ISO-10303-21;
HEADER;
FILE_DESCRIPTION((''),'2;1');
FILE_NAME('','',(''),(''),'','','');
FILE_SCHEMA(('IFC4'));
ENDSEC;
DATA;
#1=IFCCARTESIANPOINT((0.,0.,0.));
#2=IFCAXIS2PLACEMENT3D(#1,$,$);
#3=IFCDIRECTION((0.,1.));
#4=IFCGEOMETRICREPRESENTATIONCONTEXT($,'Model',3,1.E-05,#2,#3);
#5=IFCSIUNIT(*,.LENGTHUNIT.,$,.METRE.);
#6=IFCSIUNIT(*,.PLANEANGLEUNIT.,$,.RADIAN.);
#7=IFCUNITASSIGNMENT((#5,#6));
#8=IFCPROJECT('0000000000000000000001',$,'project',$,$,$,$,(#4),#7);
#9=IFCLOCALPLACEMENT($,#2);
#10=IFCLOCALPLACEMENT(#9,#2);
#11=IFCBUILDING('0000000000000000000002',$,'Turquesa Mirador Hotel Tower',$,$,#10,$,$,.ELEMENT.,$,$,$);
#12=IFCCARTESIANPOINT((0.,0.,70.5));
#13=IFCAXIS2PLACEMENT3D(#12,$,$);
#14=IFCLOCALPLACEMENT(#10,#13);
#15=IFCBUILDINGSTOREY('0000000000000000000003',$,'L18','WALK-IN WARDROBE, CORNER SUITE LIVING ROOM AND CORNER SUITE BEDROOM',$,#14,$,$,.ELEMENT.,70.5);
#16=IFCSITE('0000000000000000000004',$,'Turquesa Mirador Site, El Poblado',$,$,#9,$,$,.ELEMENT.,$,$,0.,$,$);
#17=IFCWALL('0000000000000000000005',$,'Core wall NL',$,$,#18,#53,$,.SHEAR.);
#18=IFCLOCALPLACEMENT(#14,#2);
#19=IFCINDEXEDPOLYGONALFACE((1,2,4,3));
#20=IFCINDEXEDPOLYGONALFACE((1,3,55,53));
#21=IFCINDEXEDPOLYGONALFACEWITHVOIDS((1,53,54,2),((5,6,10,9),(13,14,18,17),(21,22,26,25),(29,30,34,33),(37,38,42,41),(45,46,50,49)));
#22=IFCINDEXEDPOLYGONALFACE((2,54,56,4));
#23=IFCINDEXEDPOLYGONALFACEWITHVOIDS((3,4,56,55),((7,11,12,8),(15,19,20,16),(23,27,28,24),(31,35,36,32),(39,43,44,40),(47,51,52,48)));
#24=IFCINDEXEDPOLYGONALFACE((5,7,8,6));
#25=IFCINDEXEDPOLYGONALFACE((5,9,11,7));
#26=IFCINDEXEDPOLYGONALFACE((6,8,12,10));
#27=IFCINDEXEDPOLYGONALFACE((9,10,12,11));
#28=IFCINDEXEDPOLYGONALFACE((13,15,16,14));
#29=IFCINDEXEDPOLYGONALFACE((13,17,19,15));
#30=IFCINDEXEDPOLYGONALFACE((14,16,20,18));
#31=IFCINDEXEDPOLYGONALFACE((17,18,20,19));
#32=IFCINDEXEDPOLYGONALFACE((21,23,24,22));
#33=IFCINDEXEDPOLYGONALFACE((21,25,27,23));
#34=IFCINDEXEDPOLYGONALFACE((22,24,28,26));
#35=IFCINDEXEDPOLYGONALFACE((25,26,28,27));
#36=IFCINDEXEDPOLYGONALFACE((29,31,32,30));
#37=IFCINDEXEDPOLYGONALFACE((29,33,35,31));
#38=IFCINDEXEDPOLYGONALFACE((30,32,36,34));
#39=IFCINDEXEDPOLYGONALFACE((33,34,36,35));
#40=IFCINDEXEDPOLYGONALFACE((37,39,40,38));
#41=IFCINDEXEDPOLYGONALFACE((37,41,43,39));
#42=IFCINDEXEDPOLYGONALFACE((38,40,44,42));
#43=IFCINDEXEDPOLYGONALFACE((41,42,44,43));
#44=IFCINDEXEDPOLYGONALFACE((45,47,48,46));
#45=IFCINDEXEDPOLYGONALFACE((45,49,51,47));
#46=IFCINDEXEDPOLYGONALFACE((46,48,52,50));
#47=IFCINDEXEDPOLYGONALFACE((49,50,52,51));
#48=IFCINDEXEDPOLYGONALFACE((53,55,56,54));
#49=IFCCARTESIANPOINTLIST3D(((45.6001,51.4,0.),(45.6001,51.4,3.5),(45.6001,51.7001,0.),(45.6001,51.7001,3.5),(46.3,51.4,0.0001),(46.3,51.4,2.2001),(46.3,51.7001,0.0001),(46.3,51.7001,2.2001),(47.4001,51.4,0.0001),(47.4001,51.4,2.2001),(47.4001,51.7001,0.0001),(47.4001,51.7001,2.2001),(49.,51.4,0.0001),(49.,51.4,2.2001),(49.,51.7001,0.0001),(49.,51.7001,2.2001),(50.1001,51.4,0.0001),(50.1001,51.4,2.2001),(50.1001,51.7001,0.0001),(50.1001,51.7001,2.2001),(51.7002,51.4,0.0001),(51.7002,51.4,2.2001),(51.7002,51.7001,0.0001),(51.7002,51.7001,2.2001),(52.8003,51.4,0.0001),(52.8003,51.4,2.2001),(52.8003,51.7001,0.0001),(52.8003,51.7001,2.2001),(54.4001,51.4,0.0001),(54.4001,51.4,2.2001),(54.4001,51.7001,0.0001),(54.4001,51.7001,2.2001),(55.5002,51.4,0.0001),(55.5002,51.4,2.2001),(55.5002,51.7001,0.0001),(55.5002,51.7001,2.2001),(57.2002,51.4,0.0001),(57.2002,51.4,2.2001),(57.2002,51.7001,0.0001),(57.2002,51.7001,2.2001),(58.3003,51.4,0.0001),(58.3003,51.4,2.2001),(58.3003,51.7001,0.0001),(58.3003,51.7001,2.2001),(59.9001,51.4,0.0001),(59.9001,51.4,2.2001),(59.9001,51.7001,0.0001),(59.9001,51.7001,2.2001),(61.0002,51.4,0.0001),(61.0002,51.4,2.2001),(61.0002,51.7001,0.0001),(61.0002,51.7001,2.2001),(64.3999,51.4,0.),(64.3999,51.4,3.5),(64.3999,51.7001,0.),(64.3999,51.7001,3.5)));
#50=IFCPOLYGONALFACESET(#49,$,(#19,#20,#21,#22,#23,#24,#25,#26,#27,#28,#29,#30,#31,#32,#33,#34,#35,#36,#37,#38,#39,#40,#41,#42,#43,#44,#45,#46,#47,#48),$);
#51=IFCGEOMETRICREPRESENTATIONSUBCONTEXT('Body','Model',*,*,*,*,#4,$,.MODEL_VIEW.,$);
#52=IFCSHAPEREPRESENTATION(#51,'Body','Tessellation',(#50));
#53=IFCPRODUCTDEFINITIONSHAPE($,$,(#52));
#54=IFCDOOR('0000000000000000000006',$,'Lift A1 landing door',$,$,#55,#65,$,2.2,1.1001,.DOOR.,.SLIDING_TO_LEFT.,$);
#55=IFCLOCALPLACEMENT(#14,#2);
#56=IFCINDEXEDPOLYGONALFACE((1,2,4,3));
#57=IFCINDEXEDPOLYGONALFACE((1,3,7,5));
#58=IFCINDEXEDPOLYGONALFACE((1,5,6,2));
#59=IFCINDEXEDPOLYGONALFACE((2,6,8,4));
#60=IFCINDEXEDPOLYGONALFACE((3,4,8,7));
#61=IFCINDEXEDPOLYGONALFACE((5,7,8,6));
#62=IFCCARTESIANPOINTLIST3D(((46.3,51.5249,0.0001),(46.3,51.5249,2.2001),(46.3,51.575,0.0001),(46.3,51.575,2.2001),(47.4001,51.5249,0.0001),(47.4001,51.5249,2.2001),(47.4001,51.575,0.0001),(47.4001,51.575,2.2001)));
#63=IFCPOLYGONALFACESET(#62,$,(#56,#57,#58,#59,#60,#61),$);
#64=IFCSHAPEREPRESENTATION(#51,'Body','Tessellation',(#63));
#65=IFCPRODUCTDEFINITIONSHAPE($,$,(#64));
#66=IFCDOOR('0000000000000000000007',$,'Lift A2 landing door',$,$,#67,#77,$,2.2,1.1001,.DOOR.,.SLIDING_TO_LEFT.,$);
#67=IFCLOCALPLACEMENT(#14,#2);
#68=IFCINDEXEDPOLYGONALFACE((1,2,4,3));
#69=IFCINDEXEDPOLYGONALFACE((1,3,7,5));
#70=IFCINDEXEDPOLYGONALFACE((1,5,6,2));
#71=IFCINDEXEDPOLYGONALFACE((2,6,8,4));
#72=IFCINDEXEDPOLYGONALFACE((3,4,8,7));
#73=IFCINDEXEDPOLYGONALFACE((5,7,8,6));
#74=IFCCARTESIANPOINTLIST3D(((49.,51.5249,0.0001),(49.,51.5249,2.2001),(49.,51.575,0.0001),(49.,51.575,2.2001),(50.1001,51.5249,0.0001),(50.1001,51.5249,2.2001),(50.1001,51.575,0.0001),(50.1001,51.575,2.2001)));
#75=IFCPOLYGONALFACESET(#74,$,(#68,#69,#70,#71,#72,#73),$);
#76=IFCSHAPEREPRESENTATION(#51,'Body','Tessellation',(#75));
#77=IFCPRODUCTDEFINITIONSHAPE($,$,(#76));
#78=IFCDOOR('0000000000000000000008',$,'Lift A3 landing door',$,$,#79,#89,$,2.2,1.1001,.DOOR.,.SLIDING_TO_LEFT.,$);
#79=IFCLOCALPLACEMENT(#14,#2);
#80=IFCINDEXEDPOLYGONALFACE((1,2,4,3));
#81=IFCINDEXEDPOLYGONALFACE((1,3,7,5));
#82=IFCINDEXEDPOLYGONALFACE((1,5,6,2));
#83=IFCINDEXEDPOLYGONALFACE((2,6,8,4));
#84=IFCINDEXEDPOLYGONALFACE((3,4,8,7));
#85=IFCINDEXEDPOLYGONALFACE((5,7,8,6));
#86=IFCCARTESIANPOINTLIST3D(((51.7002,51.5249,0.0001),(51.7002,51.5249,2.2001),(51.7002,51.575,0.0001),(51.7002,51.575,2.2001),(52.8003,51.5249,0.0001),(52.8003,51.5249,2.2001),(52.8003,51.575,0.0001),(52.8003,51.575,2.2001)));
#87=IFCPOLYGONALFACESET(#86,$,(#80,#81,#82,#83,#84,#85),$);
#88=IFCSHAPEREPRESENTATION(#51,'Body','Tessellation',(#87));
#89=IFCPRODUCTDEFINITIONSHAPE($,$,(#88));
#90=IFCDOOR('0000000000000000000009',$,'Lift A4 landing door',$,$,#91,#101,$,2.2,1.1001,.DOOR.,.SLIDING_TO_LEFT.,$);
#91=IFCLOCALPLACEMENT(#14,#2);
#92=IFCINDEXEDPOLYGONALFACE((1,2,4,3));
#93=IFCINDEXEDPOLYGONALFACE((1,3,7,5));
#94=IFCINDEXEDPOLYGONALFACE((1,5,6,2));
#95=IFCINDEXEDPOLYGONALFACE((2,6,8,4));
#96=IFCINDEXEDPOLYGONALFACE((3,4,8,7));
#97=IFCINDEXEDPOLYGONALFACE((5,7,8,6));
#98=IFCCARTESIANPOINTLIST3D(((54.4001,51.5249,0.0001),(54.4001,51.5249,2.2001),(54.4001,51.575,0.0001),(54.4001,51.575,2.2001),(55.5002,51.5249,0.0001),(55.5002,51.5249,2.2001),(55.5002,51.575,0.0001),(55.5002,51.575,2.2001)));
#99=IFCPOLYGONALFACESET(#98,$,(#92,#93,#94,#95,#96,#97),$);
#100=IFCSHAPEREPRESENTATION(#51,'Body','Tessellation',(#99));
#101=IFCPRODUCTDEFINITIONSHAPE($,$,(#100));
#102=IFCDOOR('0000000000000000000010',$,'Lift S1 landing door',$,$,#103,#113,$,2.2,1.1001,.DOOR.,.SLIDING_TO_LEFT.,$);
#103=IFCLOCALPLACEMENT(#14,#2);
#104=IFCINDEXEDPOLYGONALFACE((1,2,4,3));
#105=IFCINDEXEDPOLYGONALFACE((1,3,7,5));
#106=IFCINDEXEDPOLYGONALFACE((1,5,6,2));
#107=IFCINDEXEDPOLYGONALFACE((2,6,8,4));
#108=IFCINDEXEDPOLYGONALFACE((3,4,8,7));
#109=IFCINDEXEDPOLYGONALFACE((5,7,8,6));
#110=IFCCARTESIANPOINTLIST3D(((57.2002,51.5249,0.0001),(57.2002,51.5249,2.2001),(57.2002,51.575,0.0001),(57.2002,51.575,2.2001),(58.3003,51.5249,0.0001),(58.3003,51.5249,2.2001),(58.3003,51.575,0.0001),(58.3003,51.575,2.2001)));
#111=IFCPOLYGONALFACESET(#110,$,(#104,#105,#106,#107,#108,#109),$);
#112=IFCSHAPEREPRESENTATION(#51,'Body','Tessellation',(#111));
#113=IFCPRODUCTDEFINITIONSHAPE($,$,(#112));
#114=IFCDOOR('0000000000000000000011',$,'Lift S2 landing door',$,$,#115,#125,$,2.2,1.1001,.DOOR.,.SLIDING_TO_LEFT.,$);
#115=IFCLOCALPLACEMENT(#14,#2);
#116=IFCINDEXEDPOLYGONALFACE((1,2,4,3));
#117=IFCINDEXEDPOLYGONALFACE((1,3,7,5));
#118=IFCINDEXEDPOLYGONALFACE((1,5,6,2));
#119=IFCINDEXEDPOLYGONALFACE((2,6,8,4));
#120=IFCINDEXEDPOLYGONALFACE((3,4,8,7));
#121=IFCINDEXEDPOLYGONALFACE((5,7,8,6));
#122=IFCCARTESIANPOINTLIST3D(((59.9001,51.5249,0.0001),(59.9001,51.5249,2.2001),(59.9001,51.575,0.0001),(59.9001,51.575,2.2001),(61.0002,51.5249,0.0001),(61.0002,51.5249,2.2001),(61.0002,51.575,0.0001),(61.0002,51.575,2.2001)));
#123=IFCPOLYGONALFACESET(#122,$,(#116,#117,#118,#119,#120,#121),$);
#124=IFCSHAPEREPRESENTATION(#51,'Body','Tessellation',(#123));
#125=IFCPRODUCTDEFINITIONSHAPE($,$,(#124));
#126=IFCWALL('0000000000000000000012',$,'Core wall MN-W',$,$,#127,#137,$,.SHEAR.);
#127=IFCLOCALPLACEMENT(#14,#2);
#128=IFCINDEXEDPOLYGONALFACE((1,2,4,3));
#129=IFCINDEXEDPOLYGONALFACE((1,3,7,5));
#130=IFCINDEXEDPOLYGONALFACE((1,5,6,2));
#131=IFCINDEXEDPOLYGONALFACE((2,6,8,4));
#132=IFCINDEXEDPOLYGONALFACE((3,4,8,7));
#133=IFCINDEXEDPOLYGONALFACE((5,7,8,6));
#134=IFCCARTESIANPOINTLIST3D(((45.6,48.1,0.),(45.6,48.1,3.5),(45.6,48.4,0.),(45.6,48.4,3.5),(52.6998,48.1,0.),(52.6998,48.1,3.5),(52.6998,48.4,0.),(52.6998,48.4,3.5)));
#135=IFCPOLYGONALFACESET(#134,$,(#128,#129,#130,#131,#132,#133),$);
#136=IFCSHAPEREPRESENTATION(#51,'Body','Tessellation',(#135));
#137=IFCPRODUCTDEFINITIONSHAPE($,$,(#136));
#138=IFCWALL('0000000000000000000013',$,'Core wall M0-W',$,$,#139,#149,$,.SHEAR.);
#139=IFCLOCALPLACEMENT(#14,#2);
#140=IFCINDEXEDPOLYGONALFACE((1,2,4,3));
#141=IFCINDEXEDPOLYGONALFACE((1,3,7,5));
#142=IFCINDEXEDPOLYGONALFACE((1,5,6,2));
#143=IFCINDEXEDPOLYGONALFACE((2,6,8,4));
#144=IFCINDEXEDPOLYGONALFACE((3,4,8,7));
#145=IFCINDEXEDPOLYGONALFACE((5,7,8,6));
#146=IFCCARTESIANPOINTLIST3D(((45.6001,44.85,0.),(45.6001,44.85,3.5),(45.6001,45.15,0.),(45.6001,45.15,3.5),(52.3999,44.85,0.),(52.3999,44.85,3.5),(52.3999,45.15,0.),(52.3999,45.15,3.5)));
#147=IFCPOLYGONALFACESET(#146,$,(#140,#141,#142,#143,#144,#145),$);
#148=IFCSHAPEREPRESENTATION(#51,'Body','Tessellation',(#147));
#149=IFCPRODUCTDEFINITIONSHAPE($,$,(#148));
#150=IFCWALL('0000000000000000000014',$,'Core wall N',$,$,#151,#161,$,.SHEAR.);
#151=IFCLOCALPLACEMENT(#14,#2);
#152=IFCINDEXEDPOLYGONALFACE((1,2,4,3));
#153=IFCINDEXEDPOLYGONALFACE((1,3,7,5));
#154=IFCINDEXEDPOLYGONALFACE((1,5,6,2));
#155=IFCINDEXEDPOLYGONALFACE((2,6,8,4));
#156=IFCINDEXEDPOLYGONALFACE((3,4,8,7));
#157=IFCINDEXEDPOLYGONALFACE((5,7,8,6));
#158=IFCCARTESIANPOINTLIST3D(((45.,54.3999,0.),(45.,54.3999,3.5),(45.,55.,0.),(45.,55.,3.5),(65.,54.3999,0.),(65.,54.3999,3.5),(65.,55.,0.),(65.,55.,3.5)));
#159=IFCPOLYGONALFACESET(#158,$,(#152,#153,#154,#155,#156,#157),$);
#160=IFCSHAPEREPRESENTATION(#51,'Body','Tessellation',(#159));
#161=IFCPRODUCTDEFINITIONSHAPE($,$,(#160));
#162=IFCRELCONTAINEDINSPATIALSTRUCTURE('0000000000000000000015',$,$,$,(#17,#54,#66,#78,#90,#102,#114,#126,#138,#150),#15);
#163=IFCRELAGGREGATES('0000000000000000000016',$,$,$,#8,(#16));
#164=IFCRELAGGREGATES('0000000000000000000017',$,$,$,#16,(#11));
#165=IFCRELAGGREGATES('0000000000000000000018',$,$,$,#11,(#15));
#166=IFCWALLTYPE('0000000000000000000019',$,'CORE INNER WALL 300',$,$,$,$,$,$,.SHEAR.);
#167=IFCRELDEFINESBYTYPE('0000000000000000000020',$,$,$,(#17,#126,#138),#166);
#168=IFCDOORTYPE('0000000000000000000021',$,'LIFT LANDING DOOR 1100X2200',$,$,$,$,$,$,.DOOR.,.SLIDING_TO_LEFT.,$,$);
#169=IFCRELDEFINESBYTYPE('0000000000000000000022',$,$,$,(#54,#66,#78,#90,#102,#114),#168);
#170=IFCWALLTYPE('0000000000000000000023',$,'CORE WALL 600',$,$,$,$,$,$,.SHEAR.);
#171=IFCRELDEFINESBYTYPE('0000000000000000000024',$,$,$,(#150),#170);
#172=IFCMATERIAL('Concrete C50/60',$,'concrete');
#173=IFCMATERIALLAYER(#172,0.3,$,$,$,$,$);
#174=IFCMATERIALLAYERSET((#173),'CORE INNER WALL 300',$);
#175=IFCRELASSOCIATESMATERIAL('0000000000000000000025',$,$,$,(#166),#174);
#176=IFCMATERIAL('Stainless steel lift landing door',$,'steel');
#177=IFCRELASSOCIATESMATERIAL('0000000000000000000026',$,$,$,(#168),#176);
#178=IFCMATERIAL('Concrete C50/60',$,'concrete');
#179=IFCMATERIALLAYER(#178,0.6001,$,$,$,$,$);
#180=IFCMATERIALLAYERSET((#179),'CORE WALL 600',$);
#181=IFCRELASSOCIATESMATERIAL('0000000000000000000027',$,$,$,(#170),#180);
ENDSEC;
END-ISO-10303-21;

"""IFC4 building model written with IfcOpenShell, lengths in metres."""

from ifc_helpers import new_model, si_unit, direction, frame, frame_2d, origin, place, context, subcontext, project, spatial, rectangle, extrude, material, layer, layer_set, type_object, element, fill, save


model = new_model("IFC4")

# Units and contexts
model_context = context("Model", 3, precision=1e-05, world=origin(), true_north=direction((0.0, 1.0)))
body_context = subcontext(model_context, "Body", "Model", "MODEL_VIEW")
ifc_project = project(units=[si_unit("LENGTHUNIT", "METRE"), si_unit("PLANEANGLEUNIT", "RADIAN")], contexts=[model_context])

# Site, building, storey
site_placement = place(None, origin())
site = spatial("IfcSite", under=ifc_project, at=site_placement, Name="Turquesa Mirador Site, El Poblado", CompositionType="ELEMENT", RefElevation=0.0)
building_placement = place(site_placement, origin())
building = spatial("IfcBuilding", under=site, at=building_placement, Name="Turquesa Mirador Hotel Tower", CompositionType="ELEMENT")
storey_placement = place(building_placement, frame((0.0, 0.0, 70.5)))
storey = spatial("IfcBuildingStorey", under=building, at=storey_placement, Name="L18", Description="WALK-IN WARDROBE, CORNER SUITE LIVING ROOM AND CORNER SUITE BEDROOM", CompositionType="ELEMENT", Elevation=70.5)

# Wall, openings, doors
ifc_material_1 = material(Name="Concrete C50/60", Category="concrete")
ifc_layer_1 = layer(ifc_material_1, 0.3)
ifc_layer_set_1 = layer_set([ifc_layer_1], Name="CORE INNER WALL 300")
wall_type_1 = type_object("IfcWallType", Name="CORE INNER WALL 300", PredefinedType="SHEAR", material=ifc_layer_set_1)
wall_1_placement = place(storey_placement, frame((45.6001, 51.55, 0.0), z_axis=(0.0, 0.0, 1.0), x_axis=(1.0, 0.0, 0.0)))
wall_1 = element("IfcWall", 1, at=wall_1_placement, inside=storey, type_object=wall_type_1, Name="Core wall NL", PredefinedType="SHEAR", context=body_context, shape_type="SweptSolid", body=[
    extrude(rectangle(XDim=18.7998, YDim=0.3, at=frame_2d((9.3999, 0.0))), origin(), (0.0, 0.0, 1.0), 3.5),
])
opening_1_placement = place(wall_1_placement, frame((0.7, 0.0, 0.0)))
opening_1 = element("IfcOpeningElement", 2, at=opening_1_placement, cuts=wall_1, PredefinedType="OPENING", context=body_context, shape_type="SweptSolid", body=[
    extrude(rectangle(XDim=1.1001, YDim=2.2, at=frame_2d((0.55, 1.1001))), frame((0.0, 0.1599, 0.0), z_axis=(0.0, -1.0, 0.0), x_axis=(1.0, 0.0, 0.0)), (0.0, 0.0, 1.0), 0.3201),
])
opening_2_placement = place(wall_1_placement, frame((3.3999, 0.0, 0.0)))
opening_2 = element("IfcOpeningElement", 3, at=opening_2_placement, cuts=wall_1, PredefinedType="OPENING", context=body_context, shape_type="SweptSolid", body=[
    extrude(rectangle(XDim=1.1001, YDim=2.2, at=frame_2d((0.55, 1.1001))), frame((0.0, 0.1599, 0.0), z_axis=(0.0, -1.0, 0.0), x_axis=(1.0, 0.0, 0.0)), (0.0, 0.0, 1.0), 0.3201),
])
opening_3_placement = place(wall_1_placement, frame((6.1001, 0.0, 0.0)))
opening_3 = element("IfcOpeningElement", 4, at=opening_3_placement, cuts=wall_1, PredefinedType="OPENING", context=body_context, shape_type="SweptSolid", body=[
    extrude(rectangle(XDim=1.1001, YDim=2.2, at=frame_2d((0.55, 1.1001))), frame((0.0, 0.1599, 0.0), z_axis=(0.0, -1.0, 0.0), x_axis=(1.0, 0.0, 0.0)), (0.0, 0.0, 1.0), 0.3201),
])
opening_4_placement = place(wall_1_placement, frame((8.8, 0.0, 0.0)))
opening_4 = element("IfcOpeningElement", 5, at=opening_4_placement, cuts=wall_1, PredefinedType="OPENING", context=body_context, shape_type="SweptSolid", body=[
    extrude(rectangle(XDim=1.1001, YDim=2.2, at=frame_2d((0.55, 1.1001))), frame((0.0, 0.1599, 0.0), z_axis=(0.0, -1.0, 0.0), x_axis=(1.0, 0.0, 0.0)), (0.0, 0.0, 1.0), 0.3201),
])
opening_5_placement = place(wall_1_placement, frame((11.6001, 0.0, 0.0)))
opening_5 = element("IfcOpeningElement", 6, at=opening_5_placement, cuts=wall_1, PredefinedType="OPENING", context=body_context, shape_type="SweptSolid", body=[
    extrude(rectangle(XDim=1.1001, YDim=2.2, at=frame_2d((0.55, 1.1001))), frame((0.0, 0.1599, 0.0), z_axis=(0.0, -1.0, 0.0), x_axis=(1.0, 0.0, 0.0)), (0.0, 0.0, 1.0), 0.3201),
])
opening_6_placement = place(wall_1_placement, frame((14.3, 0.0, 0.0)))
opening_6 = element("IfcOpeningElement", 7, at=opening_6_placement, cuts=wall_1, PredefinedType="OPENING", context=body_context, shape_type="SweptSolid", body=[
    extrude(rectangle(XDim=1.1001, YDim=2.2, at=frame_2d((0.55, 1.1001))), frame((0.0, 0.1599, 0.0), z_axis=(0.0, -1.0, 0.0), x_axis=(1.0, 0.0, 0.0)), (0.0, 0.0, 1.0), 0.3201),
])
ifc_material_2 = material(Name="Stainless steel lift landing door", Category="steel")
door_type_1 = type_object("IfcDoorType", Name="LIFT LANDING DOOR 1100X2200", OperationType="SLIDING_TO_LEFT", PredefinedType="DOOR", material=ifc_material_2)
door_1_placement = place(opening_1_placement, origin())
door_1 = element("IfcDoor", 8, at=door_1_placement, inside=storey, type_object=door_type_1, Name="Lift A1 landing door", OperationType="SLIDING_TO_LEFT", OverallHeight=2.2, OverallWidth=1.1001, PredefinedType="DOOR", context=body_context, shape_type="SweptSolid", body=[
    extrude(rectangle(XDim=1.1001, YDim=2.2, at=frame_2d((0.55, 1.1001))), frame((0.0, 0.0249, 0.0), z_axis=(0.0, -1.0, 0.0), x_axis=(1.0, 0.0, 0.0)), (0.0, 0.0, 1.0), 0.05),
])
fill(opening_1, door_1)
door_2_placement = place(opening_2_placement, origin())
door_2 = element("IfcDoor", 9, at=door_2_placement, inside=storey, type_object=door_type_1, Name="Lift A2 landing door", OperationType="SLIDING_TO_LEFT", OverallHeight=2.2, OverallWidth=1.1001, PredefinedType="DOOR", context=body_context, shape_type="SweptSolid", body=[
    extrude(rectangle(XDim=1.1001, YDim=2.2, at=frame_2d((0.55, 1.1001))), frame((0.0, 0.0249, 0.0), z_axis=(0.0, -1.0, 0.0), x_axis=(1.0, 0.0, 0.0)), (0.0, 0.0, 1.0), 0.05),
])
fill(opening_2, door_2)
door_3_placement = place(opening_3_placement, origin())
door_3 = element("IfcDoor", 10, at=door_3_placement, inside=storey, type_object=door_type_1, Name="Lift A3 landing door", OperationType="SLIDING_TO_LEFT", OverallHeight=2.2, OverallWidth=1.1001, PredefinedType="DOOR", context=body_context, shape_type="SweptSolid", body=[
    extrude(rectangle(XDim=1.1001, YDim=2.2, at=frame_2d((0.55, 1.1001))), frame((0.0, 0.0249, 0.0), z_axis=(0.0, -1.0, 0.0), x_axis=(1.0, 0.0, 0.0)), (0.0, 0.0, 1.0), 0.05),
])
fill(opening_3, door_3)
door_4_placement = place(opening_4_placement, origin())
door_4 = element("IfcDoor", 11, at=door_4_placement, inside=storey, type_object=door_type_1, Name="Lift A4 landing door", OperationType="SLIDING_TO_LEFT", OverallHeight=2.2, OverallWidth=1.1001, PredefinedType="DOOR", context=body_context, shape_type="SweptSolid", body=[
    extrude(rectangle(XDim=1.1001, YDim=2.2, at=frame_2d((0.55, 1.1001))), frame((0.0, 0.0249, 0.0), z_axis=(0.0, -1.0, 0.0), x_axis=(1.0, 0.0, 0.0)), (0.0, 0.0, 1.0), 0.05),
])
fill(opening_4, door_4)
door_5_placement = place(opening_5_placement, origin())
door_5 = element("IfcDoor", 12, at=door_5_placement, inside=storey, type_object=door_type_1, Name="Lift S1 landing door", OperationType="SLIDING_TO_LEFT", OverallHeight=2.2, OverallWidth=1.1001, PredefinedType="DOOR", context=body_context, shape_type="SweptSolid", body=[
    extrude(rectangle(XDim=1.1001, YDim=2.2, at=frame_2d((0.55, 1.1001))), frame((0.0, 0.0249, 0.0), z_axis=(0.0, -1.0, 0.0), x_axis=(1.0, 0.0, 0.0)), (0.0, 0.0, 1.0), 0.05),
])
fill(opening_5, door_5)
door_6_placement = place(opening_6_placement, origin())
door_6 = element("IfcDoor", 13, at=door_6_placement, inside=storey, type_object=door_type_1, Name="Lift S2 landing door", OperationType="SLIDING_TO_LEFT", OverallHeight=2.2, OverallWidth=1.1001, PredefinedType="DOOR", context=body_context, shape_type="SweptSolid", body=[
    extrude(rectangle(XDim=1.1001, YDim=2.2, at=frame_2d((0.55, 1.1001))), frame((0.0, 0.0249, 0.0), z_axis=(0.0, -1.0, 0.0), x_axis=(1.0, 0.0, 0.0)), (0.0, 0.0, 1.0), 0.05),
])
fill(opening_6, door_6)

# Walls
wall_2_placement = place(storey_placement, frame((45.6001, 48.25, 0.0), z_axis=(0.0, 0.0, 1.0), x_axis=(1.0, 0.0, 0.0)))
element("IfcWall", 14, at=wall_2_placement, inside=storey, type_object=wall_type_1, Name="Core wall MN-W", PredefinedType="SHEAR", context=body_context, shape_type="SweptSolid", body=[
    extrude(rectangle(XDim=7.0999, YDim=0.3, at=frame_2d((3.5498, 0.0))), origin(), (0.0, 0.0, 1.0), 3.5),
])
wall_3_placement = place(storey_placement, frame((45.6001, 45.0, 0.0), z_axis=(0.0, 0.0, 1.0), x_axis=(1.0, 0.0, 0.0)))
element("IfcWall", 15, at=wall_3_placement, inside=storey, type_object=wall_type_1, Name="Core wall M0-W", PredefinedType="SHEAR", context=body_context, shape_type="SweptSolid", body=[
    extrude(rectangle(XDim=6.7998, YDim=0.3, at=frame_2d((3.3999, 0.0))), origin(), (0.0, 0.0, 1.0), 3.5),
])
ifc_material_3 = material(Name="Concrete C50/60", Category="concrete")
ifc_layer_2 = layer(ifc_material_3, 0.6001)
ifc_layer_set_2 = layer_set([ifc_layer_2], Name="CORE WALL 600")
wall_type_2 = type_object("IfcWallType", Name="CORE WALL 600", PredefinedType="SHEAR", material=ifc_layer_set_2)
wall_4_placement = place(storey_placement, frame((45.0, 54.7, 0.0), z_axis=(0.0, 0.0, 1.0), x_axis=(1.0, 0.0, 0.0)))
element("IfcWall", 16, at=wall_4_placement, inside=storey, type_object=wall_type_2, Name="Core wall N", PredefinedType="SHEAR", context=body_context, shape_type="SweptSolid", body=[
    extrude(rectangle(XDim=20.0, YDim=0.6001, at=frame_2d((10.0, 0.0))), origin(), (0.0, 0.0, 1.0), 3.5),
])

save(model, "model.ifc")
